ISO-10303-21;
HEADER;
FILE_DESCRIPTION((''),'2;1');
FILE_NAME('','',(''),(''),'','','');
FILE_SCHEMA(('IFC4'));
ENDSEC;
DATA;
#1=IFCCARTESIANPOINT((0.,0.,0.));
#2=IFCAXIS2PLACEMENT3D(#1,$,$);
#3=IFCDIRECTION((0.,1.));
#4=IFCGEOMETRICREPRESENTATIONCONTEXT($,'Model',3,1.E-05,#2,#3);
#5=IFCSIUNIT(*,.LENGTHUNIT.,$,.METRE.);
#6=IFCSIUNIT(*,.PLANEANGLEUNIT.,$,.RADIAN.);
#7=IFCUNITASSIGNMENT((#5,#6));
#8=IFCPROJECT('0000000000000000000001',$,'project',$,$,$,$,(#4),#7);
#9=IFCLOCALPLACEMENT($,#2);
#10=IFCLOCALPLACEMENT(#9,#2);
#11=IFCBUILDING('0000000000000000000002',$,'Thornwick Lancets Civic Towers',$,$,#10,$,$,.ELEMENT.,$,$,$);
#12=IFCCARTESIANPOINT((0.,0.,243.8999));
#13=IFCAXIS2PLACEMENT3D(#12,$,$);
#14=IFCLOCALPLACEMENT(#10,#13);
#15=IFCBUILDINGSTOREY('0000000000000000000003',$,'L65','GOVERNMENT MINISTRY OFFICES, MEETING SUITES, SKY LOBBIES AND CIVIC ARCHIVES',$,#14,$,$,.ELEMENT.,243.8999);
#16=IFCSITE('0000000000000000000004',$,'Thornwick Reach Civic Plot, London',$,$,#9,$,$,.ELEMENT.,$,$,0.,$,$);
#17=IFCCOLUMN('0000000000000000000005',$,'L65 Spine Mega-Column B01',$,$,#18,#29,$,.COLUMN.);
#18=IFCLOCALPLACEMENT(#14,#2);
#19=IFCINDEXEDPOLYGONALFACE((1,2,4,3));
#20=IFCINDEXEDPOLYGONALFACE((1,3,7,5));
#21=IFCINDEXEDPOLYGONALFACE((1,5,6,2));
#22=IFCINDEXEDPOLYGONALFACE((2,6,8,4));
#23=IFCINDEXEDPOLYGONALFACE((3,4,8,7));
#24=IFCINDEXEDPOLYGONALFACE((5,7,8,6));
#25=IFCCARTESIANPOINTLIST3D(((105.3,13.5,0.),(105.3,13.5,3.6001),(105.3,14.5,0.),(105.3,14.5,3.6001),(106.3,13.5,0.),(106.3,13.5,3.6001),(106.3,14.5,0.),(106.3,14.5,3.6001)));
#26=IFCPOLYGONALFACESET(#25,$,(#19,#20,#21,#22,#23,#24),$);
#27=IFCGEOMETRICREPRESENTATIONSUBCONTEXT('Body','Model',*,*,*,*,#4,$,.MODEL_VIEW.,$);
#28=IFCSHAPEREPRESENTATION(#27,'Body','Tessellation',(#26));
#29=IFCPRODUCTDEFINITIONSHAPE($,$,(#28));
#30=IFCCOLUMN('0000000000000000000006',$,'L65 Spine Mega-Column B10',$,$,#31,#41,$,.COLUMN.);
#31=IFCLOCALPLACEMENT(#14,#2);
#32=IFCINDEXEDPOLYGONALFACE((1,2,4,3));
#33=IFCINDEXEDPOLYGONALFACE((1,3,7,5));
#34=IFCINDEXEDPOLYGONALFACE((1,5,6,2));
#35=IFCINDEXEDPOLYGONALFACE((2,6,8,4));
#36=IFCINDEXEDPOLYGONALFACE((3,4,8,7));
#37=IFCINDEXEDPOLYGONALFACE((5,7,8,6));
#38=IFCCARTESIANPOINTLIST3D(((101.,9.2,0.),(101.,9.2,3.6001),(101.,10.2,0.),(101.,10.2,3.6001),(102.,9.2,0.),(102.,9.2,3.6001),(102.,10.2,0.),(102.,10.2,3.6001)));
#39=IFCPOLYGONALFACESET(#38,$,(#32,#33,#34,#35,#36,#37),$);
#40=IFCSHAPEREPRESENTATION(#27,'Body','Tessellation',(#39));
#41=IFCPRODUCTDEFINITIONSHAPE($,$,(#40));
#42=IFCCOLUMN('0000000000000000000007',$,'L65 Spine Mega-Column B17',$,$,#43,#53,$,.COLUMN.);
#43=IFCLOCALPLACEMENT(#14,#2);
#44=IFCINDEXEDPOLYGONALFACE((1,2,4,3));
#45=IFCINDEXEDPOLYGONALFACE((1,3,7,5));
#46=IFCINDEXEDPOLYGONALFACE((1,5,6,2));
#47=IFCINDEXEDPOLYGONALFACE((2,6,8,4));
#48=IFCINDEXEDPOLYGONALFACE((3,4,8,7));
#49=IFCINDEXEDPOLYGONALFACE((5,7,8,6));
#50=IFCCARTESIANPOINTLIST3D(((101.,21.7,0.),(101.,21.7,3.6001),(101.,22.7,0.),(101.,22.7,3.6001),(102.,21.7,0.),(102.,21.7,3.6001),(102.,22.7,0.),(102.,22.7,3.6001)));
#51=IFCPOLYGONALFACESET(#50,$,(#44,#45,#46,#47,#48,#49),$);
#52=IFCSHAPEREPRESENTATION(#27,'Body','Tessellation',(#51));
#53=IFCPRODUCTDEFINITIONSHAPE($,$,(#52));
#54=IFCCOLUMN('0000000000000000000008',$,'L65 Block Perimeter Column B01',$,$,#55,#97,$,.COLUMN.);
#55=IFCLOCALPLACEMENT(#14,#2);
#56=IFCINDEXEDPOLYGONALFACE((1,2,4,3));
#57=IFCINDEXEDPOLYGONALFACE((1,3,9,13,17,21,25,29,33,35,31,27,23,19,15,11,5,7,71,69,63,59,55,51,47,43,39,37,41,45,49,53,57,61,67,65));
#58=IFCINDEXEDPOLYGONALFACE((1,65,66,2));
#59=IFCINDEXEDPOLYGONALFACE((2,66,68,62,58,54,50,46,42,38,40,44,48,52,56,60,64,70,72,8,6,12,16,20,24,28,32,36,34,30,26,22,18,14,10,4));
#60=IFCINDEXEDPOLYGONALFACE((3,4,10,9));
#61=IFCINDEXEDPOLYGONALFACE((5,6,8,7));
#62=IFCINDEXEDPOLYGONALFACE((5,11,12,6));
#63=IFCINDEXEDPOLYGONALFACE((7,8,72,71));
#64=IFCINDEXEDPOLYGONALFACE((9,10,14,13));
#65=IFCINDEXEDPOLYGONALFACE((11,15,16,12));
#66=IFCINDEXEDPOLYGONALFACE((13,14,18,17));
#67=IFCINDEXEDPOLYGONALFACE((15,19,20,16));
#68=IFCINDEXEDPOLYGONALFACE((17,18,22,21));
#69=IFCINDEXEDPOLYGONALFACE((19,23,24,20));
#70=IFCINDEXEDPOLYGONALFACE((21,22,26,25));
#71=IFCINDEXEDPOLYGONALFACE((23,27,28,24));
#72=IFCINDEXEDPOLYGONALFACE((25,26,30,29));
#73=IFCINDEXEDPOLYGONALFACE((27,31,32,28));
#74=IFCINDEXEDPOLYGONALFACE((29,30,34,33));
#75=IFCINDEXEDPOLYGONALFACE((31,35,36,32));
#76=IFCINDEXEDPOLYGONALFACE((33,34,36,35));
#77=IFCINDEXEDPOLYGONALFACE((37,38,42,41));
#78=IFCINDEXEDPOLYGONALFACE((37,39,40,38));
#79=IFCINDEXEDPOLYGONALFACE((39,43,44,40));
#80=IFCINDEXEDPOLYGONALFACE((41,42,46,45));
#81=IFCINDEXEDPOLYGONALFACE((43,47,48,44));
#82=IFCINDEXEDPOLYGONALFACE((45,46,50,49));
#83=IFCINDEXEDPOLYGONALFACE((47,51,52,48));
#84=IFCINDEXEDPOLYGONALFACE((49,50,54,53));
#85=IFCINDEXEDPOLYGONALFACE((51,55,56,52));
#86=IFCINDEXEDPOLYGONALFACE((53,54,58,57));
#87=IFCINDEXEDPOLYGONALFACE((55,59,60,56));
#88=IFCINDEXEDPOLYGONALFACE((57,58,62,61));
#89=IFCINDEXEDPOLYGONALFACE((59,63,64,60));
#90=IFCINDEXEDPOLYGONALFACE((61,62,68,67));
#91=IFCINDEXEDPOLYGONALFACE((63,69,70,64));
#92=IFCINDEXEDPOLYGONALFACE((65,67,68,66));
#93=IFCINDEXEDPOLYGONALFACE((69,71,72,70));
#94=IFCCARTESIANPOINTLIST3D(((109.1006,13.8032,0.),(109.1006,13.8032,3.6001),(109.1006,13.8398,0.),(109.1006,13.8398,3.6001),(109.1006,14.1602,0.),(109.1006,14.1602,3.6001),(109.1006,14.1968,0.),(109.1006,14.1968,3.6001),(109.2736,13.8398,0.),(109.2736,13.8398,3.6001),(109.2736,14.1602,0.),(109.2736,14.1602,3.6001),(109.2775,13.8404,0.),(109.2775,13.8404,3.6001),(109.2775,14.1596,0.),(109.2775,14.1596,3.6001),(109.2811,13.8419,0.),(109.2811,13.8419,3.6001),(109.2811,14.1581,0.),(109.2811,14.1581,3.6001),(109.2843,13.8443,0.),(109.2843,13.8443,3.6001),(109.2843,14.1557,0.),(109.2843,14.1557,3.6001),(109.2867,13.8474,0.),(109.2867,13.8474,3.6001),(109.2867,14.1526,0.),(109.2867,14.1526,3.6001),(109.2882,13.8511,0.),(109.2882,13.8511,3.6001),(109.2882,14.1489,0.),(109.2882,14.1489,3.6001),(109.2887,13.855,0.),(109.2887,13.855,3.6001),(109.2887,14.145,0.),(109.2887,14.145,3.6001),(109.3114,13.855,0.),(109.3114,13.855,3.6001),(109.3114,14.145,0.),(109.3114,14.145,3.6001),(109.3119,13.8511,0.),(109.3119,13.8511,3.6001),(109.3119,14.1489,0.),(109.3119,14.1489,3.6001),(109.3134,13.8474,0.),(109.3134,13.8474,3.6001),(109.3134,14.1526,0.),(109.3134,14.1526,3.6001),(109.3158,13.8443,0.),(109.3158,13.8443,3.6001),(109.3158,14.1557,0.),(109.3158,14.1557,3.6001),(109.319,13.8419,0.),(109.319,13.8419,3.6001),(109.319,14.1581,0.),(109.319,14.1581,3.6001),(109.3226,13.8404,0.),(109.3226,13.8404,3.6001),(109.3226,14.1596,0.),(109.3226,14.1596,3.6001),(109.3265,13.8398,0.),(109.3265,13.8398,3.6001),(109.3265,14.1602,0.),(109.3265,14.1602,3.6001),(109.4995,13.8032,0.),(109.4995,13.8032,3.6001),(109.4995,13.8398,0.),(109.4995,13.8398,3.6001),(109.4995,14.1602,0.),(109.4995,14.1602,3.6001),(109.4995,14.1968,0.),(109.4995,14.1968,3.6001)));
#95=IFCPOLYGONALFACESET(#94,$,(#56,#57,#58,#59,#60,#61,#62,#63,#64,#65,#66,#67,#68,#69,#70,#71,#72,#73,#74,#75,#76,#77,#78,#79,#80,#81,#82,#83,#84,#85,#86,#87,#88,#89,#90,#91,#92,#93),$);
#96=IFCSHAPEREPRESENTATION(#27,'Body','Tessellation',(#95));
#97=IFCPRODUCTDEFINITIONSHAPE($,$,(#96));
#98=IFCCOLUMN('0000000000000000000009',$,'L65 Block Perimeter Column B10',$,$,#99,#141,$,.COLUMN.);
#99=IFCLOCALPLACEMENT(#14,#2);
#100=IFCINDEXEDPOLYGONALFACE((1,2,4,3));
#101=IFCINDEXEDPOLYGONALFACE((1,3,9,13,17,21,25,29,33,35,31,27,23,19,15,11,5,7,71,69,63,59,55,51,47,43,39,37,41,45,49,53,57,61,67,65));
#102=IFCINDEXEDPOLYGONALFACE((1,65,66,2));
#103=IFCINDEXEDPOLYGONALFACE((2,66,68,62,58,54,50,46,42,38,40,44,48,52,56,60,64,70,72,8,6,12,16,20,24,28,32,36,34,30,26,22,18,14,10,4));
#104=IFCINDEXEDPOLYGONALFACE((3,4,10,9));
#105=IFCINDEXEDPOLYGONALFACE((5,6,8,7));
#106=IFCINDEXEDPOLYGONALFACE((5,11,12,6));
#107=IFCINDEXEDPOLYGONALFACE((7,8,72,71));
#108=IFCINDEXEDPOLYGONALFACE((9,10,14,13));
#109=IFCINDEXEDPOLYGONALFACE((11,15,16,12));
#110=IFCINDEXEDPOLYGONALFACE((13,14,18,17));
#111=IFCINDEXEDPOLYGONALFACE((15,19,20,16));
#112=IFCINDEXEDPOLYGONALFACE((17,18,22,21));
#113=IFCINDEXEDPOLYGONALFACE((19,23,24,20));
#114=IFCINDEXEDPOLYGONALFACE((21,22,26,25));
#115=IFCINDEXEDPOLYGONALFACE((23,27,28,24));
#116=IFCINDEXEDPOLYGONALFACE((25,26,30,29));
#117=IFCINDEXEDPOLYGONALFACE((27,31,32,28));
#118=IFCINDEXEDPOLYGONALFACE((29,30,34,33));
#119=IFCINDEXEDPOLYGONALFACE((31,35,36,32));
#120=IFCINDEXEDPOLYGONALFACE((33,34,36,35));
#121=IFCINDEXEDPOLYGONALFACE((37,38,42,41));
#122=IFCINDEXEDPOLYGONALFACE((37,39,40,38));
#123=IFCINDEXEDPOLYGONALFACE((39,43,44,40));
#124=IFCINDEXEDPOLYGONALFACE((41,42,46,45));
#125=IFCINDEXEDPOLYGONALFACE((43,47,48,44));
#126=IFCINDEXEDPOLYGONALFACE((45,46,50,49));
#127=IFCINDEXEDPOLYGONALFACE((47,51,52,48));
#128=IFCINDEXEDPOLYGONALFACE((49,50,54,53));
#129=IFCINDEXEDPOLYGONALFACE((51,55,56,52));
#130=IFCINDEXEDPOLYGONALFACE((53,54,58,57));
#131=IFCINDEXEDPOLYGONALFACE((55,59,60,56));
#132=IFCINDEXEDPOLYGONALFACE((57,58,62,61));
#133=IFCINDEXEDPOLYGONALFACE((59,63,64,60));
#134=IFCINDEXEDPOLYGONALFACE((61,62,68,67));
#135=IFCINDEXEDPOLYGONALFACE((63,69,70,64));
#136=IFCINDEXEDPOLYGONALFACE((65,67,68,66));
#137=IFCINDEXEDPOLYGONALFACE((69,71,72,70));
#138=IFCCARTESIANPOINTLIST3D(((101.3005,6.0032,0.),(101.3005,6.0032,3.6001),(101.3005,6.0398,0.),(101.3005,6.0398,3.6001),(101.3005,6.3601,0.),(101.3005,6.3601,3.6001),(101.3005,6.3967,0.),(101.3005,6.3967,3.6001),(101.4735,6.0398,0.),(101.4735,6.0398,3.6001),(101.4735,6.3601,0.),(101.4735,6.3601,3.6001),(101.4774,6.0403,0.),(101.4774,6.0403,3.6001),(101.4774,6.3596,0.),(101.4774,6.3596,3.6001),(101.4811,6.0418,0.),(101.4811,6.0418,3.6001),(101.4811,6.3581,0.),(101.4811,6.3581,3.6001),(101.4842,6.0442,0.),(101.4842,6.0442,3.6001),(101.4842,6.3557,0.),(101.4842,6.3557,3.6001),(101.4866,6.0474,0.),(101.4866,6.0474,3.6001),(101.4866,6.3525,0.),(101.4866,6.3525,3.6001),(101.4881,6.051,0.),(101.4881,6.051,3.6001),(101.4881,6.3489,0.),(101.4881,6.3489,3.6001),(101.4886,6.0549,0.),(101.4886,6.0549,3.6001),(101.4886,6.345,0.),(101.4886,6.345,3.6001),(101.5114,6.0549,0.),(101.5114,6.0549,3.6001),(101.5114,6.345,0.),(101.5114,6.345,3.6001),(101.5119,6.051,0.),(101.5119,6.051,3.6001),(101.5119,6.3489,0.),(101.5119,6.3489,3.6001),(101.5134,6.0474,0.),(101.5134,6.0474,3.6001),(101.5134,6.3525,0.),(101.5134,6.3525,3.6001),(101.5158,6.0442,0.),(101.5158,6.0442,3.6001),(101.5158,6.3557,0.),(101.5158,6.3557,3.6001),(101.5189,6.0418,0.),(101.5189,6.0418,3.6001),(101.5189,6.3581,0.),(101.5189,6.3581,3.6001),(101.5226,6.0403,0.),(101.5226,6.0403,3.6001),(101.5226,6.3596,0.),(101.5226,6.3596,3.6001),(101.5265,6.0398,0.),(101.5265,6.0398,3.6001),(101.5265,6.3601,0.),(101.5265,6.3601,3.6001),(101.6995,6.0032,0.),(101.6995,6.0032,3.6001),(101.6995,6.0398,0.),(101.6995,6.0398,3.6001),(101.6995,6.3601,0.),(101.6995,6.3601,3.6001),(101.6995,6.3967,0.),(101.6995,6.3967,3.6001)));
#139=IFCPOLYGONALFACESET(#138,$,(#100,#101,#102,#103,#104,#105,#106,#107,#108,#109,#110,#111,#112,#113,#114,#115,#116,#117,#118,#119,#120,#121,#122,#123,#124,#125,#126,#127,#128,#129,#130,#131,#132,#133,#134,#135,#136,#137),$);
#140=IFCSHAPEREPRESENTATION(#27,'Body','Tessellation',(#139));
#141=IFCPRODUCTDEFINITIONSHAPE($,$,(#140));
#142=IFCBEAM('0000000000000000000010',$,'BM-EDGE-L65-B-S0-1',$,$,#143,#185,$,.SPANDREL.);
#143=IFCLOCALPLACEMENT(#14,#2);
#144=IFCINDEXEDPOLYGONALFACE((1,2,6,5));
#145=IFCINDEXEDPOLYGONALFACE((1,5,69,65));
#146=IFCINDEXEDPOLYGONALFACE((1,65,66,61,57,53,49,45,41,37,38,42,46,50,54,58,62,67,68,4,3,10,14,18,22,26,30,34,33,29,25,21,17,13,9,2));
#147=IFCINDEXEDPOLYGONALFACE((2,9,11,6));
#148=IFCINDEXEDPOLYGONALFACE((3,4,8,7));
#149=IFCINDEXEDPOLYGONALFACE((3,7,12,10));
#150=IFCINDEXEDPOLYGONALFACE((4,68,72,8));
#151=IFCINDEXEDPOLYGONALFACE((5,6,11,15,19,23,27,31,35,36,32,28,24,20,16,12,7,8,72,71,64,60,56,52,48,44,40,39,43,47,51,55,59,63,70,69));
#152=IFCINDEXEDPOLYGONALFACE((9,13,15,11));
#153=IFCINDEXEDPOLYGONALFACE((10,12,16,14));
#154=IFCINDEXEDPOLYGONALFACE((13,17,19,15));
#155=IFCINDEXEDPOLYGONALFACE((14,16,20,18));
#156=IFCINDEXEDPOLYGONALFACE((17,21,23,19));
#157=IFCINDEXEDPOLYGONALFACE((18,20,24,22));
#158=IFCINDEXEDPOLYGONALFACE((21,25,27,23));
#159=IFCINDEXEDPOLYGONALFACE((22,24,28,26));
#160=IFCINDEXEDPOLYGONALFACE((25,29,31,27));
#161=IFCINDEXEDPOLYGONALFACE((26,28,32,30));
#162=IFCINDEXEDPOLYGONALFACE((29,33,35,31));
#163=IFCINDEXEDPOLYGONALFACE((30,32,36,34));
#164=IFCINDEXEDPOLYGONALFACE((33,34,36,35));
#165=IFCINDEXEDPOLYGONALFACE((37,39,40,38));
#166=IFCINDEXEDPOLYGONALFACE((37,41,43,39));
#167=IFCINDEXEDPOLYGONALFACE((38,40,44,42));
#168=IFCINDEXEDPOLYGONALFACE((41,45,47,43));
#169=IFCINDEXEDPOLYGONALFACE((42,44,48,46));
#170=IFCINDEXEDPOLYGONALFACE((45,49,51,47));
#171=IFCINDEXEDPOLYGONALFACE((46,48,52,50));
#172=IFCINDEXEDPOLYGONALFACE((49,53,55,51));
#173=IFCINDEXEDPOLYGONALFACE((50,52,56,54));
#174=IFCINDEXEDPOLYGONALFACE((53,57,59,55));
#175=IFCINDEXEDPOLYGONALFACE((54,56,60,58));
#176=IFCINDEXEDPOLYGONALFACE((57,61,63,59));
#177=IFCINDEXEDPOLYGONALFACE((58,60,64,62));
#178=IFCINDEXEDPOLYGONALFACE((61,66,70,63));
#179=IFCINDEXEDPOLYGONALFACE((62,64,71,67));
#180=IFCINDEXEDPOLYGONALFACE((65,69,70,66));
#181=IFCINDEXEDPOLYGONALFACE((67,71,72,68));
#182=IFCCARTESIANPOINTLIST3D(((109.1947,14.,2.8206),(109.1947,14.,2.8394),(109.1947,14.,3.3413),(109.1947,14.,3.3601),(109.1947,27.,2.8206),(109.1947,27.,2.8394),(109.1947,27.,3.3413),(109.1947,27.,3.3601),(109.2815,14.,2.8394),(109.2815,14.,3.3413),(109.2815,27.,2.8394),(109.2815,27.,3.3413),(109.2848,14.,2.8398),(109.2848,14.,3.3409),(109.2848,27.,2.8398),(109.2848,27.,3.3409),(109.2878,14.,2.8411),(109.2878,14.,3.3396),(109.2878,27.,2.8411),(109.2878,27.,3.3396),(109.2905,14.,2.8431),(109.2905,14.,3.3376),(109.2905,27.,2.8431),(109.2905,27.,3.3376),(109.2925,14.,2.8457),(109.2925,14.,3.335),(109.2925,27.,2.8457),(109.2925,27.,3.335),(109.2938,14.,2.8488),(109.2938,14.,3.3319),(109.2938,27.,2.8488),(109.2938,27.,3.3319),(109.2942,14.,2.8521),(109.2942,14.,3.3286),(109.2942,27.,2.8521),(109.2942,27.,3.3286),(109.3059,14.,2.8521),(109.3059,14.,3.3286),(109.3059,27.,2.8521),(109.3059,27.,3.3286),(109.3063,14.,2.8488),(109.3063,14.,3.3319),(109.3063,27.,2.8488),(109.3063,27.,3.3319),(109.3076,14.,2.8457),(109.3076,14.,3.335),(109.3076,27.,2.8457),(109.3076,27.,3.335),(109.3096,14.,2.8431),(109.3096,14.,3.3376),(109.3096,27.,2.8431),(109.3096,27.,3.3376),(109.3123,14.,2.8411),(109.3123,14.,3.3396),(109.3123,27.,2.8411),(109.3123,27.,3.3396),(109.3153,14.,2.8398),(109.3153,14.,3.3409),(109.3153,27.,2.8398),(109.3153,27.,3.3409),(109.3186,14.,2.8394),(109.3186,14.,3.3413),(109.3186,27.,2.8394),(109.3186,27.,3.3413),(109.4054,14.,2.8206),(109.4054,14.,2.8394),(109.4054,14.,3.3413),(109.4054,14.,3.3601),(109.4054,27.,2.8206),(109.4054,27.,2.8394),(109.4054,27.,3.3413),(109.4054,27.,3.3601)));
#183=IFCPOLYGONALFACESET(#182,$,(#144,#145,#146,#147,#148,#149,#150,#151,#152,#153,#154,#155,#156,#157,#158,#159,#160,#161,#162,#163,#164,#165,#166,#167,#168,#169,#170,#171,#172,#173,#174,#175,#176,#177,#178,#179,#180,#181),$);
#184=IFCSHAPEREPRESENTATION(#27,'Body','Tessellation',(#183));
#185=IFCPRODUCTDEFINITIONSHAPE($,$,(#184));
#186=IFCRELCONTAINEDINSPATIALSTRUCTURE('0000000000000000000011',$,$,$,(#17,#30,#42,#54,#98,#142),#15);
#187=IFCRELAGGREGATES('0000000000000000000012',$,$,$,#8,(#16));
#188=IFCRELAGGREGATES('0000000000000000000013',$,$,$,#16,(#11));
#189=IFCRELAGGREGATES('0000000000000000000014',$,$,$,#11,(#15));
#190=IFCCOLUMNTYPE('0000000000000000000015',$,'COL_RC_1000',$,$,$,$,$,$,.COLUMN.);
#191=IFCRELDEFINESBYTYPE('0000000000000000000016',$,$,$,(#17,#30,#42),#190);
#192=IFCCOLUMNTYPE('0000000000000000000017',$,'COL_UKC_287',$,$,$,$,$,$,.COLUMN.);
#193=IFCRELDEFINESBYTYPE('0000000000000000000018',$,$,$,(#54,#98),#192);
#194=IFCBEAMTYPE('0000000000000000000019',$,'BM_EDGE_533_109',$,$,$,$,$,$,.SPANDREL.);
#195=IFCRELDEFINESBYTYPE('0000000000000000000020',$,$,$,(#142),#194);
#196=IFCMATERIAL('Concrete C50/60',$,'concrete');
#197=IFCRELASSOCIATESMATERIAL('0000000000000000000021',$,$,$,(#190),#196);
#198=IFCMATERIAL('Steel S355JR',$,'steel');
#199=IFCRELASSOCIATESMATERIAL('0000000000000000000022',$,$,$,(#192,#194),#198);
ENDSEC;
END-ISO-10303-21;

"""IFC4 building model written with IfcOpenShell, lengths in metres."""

from ifc_helpers import new_model, si_unit, direction, frame, origin, origin_2d, place, context, subcontext, project, spatial, rectangle, i_section, extrude, material, material_profile, profile_set, type_object, element, save


model = new_model("IFC4")

# Units and contexts
model_context = context("Model", 3, precision=1e-05, world=origin(), true_north=direction((0.0, 1.0)))
body_context = subcontext(model_context, "Body", "Model", "MODEL_VIEW")
ifc_project = project(units=[si_unit("LENGTHUNIT", "METRE"), si_unit("PLANEANGLEUNIT", "RADIAN")], contexts=[model_context])

# Site, building, storey
site_placement = place(None, origin())
site = spatial("IfcSite", under=ifc_project, at=site_placement, Name="Thornwick Reach Civic Plot, London", CompositionType="ELEMENT", RefElevation=0.0)
building_placement = place(site_placement, origin())
building = spatial("IfcBuilding", under=site, at=building_placement, Name="Thornwick Lancets Civic Towers", CompositionType="ELEMENT")
storey_placement = place(building_placement, frame((0.0, 0.0, 243.8999)))
storey = spatial("IfcBuildingStorey", under=building, at=storey_placement, Name="L65", Description="GOVERNMENT MINISTRY OFFICES, MEETING SUITES, SKY LOBBIES AND CIVIC ARCHIVES", CompositionType="ELEMENT", Elevation=243.8999)

# Columns
ifc_material_1 = material(Name="Concrete C50/60", Category="concrete")
ifc_material_profile_1 = material_profile(ifc_material_1, rectangle(XDim=1.0, YDim=1.0, at=origin_2d()), Name="RC 1000x1000")
ifc_profile_set_1 = profile_set([ifc_material_profile_1], Name="Concrete C50/60")
column_type_1 = type_object("IfcColumnType", Name="COL_RC_1000", PredefinedType="COLUMN", material=ifc_profile_set_1)
for number, where, z_axis, x_axis, name in (
    (1, (105.8, 14.0, 0.0), (0.0, 0.0, 1.0), (1.0, 0.0, 0.0), "L65 Spine Mega-Column B01"),
    (2, (101.5, 9.7, 0.0), (0.0, 0.0, 1.0), (1.0, 0.0, 0.0), "L65 Spine Mega-Column B10"),
    (3, (101.5, 22.2, 0.0), (0.0, 0.0, 1.0), (1.0, 0.0, 0.0), "L65 Spine Mega-Column B17"),
):
    element("IfcColumn", number, at=place(storey_placement, frame(where, z_axis=z_axis, x_axis=x_axis)), inside=storey, type_object=column_type_1, Name=name, PredefinedType="COLUMN", context=body_context, shape_type="SweptSolid", body=[
        extrude(rectangle(XDim=1.0, YDim=1.0, at=origin_2d()), origin(), (0.0, 0.0, 1.0), 3.6001),
    ])
ifc_material_2 = material(Name="Steel S355JR", Category="steel")
ifc_material_profile_2 = material_profile(ifc_material_2, i_section(OverallWidth=0.3989, OverallDepth=0.3936, WebThickness=0.0227, FlangeThickness=0.0366, FilletRadius=0.0151, at=origin_2d()), Name="UKC 356x406x287")
ifc_profile_set_2 = profile_set([ifc_material_profile_2], Name="Steel S355JR")
column_type_2 = type_object("IfcColumnType", Name="COL_UKC_287", PredefinedType="COLUMN", material=ifc_profile_set_2)
for number, where, z_axis, x_axis, name in (
    (4, (109.3, 14.0, 0.0), (0.0, 0.0, 1.0), (1.0, 0.0, 0.0), "L65 Block Perimeter Column B01"),
    (5, (101.5, 6.2, 0.0), (0.0, 0.0, 1.0), (1.0, 0.0, 0.0), "L65 Block Perimeter Column B10"),
):
    element("IfcColumn", number, at=place(storey_placement, frame(where, z_axis=z_axis, x_axis=x_axis)), inside=storey, type_object=column_type_2, Name=name, PredefinedType="COLUMN", context=body_context, shape_type="SweptSolid", body=[
        extrude(i_section(OverallWidth=0.3989, OverallDepth=0.3936, WebThickness=0.0227, FlangeThickness=0.0366, FilletRadius=0.0151, at=origin_2d()), origin(), (0.0, 0.0, 1.0), 3.6001),
    ])

# Beam
ifc_material_profile_3 = material_profile(ifc_material_2, i_section(OverallWidth=0.2107, OverallDepth=0.5396, WebThickness=0.0117, FlangeThickness=0.0188, FilletRadius=0.0127, at=origin_2d()), Name="UKB 533x210x109")
ifc_profile_set_3 = profile_set([ifc_material_profile_3], Name="Steel S355JR")
beam_type_1 = type_object("IfcBeamType", Name="BM_EDGE_533_109", PredefinedType="SPANDREL", material=ifc_profile_set_3)
for number, where, z_axis, x_axis, name in (
    (6, (109.3, 14.0, 3.0903), (0.0, 1.0, 0.0), (-1.0, 0.0, 0.0), "BM-EDGE-L65-B-S0-1"),
):
    element("IfcBeam", number, at=place(storey_placement, frame(where, z_axis=z_axis, x_axis=x_axis)), inside=storey, type_object=beam_type_1, Name=name, PredefinedType="SPANDREL", context=body_context, shape_type="SweptSolid", body=[
        extrude(i_section(OverallWidth=0.2107, OverallDepth=0.5396, WebThickness=0.0117, FlangeThickness=0.0188, FilletRadius=0.0127, at=origin_2d()), origin(), (0.0, 0.0, 1.0), 13.0),
    ])

save(model, "model.ifc")
